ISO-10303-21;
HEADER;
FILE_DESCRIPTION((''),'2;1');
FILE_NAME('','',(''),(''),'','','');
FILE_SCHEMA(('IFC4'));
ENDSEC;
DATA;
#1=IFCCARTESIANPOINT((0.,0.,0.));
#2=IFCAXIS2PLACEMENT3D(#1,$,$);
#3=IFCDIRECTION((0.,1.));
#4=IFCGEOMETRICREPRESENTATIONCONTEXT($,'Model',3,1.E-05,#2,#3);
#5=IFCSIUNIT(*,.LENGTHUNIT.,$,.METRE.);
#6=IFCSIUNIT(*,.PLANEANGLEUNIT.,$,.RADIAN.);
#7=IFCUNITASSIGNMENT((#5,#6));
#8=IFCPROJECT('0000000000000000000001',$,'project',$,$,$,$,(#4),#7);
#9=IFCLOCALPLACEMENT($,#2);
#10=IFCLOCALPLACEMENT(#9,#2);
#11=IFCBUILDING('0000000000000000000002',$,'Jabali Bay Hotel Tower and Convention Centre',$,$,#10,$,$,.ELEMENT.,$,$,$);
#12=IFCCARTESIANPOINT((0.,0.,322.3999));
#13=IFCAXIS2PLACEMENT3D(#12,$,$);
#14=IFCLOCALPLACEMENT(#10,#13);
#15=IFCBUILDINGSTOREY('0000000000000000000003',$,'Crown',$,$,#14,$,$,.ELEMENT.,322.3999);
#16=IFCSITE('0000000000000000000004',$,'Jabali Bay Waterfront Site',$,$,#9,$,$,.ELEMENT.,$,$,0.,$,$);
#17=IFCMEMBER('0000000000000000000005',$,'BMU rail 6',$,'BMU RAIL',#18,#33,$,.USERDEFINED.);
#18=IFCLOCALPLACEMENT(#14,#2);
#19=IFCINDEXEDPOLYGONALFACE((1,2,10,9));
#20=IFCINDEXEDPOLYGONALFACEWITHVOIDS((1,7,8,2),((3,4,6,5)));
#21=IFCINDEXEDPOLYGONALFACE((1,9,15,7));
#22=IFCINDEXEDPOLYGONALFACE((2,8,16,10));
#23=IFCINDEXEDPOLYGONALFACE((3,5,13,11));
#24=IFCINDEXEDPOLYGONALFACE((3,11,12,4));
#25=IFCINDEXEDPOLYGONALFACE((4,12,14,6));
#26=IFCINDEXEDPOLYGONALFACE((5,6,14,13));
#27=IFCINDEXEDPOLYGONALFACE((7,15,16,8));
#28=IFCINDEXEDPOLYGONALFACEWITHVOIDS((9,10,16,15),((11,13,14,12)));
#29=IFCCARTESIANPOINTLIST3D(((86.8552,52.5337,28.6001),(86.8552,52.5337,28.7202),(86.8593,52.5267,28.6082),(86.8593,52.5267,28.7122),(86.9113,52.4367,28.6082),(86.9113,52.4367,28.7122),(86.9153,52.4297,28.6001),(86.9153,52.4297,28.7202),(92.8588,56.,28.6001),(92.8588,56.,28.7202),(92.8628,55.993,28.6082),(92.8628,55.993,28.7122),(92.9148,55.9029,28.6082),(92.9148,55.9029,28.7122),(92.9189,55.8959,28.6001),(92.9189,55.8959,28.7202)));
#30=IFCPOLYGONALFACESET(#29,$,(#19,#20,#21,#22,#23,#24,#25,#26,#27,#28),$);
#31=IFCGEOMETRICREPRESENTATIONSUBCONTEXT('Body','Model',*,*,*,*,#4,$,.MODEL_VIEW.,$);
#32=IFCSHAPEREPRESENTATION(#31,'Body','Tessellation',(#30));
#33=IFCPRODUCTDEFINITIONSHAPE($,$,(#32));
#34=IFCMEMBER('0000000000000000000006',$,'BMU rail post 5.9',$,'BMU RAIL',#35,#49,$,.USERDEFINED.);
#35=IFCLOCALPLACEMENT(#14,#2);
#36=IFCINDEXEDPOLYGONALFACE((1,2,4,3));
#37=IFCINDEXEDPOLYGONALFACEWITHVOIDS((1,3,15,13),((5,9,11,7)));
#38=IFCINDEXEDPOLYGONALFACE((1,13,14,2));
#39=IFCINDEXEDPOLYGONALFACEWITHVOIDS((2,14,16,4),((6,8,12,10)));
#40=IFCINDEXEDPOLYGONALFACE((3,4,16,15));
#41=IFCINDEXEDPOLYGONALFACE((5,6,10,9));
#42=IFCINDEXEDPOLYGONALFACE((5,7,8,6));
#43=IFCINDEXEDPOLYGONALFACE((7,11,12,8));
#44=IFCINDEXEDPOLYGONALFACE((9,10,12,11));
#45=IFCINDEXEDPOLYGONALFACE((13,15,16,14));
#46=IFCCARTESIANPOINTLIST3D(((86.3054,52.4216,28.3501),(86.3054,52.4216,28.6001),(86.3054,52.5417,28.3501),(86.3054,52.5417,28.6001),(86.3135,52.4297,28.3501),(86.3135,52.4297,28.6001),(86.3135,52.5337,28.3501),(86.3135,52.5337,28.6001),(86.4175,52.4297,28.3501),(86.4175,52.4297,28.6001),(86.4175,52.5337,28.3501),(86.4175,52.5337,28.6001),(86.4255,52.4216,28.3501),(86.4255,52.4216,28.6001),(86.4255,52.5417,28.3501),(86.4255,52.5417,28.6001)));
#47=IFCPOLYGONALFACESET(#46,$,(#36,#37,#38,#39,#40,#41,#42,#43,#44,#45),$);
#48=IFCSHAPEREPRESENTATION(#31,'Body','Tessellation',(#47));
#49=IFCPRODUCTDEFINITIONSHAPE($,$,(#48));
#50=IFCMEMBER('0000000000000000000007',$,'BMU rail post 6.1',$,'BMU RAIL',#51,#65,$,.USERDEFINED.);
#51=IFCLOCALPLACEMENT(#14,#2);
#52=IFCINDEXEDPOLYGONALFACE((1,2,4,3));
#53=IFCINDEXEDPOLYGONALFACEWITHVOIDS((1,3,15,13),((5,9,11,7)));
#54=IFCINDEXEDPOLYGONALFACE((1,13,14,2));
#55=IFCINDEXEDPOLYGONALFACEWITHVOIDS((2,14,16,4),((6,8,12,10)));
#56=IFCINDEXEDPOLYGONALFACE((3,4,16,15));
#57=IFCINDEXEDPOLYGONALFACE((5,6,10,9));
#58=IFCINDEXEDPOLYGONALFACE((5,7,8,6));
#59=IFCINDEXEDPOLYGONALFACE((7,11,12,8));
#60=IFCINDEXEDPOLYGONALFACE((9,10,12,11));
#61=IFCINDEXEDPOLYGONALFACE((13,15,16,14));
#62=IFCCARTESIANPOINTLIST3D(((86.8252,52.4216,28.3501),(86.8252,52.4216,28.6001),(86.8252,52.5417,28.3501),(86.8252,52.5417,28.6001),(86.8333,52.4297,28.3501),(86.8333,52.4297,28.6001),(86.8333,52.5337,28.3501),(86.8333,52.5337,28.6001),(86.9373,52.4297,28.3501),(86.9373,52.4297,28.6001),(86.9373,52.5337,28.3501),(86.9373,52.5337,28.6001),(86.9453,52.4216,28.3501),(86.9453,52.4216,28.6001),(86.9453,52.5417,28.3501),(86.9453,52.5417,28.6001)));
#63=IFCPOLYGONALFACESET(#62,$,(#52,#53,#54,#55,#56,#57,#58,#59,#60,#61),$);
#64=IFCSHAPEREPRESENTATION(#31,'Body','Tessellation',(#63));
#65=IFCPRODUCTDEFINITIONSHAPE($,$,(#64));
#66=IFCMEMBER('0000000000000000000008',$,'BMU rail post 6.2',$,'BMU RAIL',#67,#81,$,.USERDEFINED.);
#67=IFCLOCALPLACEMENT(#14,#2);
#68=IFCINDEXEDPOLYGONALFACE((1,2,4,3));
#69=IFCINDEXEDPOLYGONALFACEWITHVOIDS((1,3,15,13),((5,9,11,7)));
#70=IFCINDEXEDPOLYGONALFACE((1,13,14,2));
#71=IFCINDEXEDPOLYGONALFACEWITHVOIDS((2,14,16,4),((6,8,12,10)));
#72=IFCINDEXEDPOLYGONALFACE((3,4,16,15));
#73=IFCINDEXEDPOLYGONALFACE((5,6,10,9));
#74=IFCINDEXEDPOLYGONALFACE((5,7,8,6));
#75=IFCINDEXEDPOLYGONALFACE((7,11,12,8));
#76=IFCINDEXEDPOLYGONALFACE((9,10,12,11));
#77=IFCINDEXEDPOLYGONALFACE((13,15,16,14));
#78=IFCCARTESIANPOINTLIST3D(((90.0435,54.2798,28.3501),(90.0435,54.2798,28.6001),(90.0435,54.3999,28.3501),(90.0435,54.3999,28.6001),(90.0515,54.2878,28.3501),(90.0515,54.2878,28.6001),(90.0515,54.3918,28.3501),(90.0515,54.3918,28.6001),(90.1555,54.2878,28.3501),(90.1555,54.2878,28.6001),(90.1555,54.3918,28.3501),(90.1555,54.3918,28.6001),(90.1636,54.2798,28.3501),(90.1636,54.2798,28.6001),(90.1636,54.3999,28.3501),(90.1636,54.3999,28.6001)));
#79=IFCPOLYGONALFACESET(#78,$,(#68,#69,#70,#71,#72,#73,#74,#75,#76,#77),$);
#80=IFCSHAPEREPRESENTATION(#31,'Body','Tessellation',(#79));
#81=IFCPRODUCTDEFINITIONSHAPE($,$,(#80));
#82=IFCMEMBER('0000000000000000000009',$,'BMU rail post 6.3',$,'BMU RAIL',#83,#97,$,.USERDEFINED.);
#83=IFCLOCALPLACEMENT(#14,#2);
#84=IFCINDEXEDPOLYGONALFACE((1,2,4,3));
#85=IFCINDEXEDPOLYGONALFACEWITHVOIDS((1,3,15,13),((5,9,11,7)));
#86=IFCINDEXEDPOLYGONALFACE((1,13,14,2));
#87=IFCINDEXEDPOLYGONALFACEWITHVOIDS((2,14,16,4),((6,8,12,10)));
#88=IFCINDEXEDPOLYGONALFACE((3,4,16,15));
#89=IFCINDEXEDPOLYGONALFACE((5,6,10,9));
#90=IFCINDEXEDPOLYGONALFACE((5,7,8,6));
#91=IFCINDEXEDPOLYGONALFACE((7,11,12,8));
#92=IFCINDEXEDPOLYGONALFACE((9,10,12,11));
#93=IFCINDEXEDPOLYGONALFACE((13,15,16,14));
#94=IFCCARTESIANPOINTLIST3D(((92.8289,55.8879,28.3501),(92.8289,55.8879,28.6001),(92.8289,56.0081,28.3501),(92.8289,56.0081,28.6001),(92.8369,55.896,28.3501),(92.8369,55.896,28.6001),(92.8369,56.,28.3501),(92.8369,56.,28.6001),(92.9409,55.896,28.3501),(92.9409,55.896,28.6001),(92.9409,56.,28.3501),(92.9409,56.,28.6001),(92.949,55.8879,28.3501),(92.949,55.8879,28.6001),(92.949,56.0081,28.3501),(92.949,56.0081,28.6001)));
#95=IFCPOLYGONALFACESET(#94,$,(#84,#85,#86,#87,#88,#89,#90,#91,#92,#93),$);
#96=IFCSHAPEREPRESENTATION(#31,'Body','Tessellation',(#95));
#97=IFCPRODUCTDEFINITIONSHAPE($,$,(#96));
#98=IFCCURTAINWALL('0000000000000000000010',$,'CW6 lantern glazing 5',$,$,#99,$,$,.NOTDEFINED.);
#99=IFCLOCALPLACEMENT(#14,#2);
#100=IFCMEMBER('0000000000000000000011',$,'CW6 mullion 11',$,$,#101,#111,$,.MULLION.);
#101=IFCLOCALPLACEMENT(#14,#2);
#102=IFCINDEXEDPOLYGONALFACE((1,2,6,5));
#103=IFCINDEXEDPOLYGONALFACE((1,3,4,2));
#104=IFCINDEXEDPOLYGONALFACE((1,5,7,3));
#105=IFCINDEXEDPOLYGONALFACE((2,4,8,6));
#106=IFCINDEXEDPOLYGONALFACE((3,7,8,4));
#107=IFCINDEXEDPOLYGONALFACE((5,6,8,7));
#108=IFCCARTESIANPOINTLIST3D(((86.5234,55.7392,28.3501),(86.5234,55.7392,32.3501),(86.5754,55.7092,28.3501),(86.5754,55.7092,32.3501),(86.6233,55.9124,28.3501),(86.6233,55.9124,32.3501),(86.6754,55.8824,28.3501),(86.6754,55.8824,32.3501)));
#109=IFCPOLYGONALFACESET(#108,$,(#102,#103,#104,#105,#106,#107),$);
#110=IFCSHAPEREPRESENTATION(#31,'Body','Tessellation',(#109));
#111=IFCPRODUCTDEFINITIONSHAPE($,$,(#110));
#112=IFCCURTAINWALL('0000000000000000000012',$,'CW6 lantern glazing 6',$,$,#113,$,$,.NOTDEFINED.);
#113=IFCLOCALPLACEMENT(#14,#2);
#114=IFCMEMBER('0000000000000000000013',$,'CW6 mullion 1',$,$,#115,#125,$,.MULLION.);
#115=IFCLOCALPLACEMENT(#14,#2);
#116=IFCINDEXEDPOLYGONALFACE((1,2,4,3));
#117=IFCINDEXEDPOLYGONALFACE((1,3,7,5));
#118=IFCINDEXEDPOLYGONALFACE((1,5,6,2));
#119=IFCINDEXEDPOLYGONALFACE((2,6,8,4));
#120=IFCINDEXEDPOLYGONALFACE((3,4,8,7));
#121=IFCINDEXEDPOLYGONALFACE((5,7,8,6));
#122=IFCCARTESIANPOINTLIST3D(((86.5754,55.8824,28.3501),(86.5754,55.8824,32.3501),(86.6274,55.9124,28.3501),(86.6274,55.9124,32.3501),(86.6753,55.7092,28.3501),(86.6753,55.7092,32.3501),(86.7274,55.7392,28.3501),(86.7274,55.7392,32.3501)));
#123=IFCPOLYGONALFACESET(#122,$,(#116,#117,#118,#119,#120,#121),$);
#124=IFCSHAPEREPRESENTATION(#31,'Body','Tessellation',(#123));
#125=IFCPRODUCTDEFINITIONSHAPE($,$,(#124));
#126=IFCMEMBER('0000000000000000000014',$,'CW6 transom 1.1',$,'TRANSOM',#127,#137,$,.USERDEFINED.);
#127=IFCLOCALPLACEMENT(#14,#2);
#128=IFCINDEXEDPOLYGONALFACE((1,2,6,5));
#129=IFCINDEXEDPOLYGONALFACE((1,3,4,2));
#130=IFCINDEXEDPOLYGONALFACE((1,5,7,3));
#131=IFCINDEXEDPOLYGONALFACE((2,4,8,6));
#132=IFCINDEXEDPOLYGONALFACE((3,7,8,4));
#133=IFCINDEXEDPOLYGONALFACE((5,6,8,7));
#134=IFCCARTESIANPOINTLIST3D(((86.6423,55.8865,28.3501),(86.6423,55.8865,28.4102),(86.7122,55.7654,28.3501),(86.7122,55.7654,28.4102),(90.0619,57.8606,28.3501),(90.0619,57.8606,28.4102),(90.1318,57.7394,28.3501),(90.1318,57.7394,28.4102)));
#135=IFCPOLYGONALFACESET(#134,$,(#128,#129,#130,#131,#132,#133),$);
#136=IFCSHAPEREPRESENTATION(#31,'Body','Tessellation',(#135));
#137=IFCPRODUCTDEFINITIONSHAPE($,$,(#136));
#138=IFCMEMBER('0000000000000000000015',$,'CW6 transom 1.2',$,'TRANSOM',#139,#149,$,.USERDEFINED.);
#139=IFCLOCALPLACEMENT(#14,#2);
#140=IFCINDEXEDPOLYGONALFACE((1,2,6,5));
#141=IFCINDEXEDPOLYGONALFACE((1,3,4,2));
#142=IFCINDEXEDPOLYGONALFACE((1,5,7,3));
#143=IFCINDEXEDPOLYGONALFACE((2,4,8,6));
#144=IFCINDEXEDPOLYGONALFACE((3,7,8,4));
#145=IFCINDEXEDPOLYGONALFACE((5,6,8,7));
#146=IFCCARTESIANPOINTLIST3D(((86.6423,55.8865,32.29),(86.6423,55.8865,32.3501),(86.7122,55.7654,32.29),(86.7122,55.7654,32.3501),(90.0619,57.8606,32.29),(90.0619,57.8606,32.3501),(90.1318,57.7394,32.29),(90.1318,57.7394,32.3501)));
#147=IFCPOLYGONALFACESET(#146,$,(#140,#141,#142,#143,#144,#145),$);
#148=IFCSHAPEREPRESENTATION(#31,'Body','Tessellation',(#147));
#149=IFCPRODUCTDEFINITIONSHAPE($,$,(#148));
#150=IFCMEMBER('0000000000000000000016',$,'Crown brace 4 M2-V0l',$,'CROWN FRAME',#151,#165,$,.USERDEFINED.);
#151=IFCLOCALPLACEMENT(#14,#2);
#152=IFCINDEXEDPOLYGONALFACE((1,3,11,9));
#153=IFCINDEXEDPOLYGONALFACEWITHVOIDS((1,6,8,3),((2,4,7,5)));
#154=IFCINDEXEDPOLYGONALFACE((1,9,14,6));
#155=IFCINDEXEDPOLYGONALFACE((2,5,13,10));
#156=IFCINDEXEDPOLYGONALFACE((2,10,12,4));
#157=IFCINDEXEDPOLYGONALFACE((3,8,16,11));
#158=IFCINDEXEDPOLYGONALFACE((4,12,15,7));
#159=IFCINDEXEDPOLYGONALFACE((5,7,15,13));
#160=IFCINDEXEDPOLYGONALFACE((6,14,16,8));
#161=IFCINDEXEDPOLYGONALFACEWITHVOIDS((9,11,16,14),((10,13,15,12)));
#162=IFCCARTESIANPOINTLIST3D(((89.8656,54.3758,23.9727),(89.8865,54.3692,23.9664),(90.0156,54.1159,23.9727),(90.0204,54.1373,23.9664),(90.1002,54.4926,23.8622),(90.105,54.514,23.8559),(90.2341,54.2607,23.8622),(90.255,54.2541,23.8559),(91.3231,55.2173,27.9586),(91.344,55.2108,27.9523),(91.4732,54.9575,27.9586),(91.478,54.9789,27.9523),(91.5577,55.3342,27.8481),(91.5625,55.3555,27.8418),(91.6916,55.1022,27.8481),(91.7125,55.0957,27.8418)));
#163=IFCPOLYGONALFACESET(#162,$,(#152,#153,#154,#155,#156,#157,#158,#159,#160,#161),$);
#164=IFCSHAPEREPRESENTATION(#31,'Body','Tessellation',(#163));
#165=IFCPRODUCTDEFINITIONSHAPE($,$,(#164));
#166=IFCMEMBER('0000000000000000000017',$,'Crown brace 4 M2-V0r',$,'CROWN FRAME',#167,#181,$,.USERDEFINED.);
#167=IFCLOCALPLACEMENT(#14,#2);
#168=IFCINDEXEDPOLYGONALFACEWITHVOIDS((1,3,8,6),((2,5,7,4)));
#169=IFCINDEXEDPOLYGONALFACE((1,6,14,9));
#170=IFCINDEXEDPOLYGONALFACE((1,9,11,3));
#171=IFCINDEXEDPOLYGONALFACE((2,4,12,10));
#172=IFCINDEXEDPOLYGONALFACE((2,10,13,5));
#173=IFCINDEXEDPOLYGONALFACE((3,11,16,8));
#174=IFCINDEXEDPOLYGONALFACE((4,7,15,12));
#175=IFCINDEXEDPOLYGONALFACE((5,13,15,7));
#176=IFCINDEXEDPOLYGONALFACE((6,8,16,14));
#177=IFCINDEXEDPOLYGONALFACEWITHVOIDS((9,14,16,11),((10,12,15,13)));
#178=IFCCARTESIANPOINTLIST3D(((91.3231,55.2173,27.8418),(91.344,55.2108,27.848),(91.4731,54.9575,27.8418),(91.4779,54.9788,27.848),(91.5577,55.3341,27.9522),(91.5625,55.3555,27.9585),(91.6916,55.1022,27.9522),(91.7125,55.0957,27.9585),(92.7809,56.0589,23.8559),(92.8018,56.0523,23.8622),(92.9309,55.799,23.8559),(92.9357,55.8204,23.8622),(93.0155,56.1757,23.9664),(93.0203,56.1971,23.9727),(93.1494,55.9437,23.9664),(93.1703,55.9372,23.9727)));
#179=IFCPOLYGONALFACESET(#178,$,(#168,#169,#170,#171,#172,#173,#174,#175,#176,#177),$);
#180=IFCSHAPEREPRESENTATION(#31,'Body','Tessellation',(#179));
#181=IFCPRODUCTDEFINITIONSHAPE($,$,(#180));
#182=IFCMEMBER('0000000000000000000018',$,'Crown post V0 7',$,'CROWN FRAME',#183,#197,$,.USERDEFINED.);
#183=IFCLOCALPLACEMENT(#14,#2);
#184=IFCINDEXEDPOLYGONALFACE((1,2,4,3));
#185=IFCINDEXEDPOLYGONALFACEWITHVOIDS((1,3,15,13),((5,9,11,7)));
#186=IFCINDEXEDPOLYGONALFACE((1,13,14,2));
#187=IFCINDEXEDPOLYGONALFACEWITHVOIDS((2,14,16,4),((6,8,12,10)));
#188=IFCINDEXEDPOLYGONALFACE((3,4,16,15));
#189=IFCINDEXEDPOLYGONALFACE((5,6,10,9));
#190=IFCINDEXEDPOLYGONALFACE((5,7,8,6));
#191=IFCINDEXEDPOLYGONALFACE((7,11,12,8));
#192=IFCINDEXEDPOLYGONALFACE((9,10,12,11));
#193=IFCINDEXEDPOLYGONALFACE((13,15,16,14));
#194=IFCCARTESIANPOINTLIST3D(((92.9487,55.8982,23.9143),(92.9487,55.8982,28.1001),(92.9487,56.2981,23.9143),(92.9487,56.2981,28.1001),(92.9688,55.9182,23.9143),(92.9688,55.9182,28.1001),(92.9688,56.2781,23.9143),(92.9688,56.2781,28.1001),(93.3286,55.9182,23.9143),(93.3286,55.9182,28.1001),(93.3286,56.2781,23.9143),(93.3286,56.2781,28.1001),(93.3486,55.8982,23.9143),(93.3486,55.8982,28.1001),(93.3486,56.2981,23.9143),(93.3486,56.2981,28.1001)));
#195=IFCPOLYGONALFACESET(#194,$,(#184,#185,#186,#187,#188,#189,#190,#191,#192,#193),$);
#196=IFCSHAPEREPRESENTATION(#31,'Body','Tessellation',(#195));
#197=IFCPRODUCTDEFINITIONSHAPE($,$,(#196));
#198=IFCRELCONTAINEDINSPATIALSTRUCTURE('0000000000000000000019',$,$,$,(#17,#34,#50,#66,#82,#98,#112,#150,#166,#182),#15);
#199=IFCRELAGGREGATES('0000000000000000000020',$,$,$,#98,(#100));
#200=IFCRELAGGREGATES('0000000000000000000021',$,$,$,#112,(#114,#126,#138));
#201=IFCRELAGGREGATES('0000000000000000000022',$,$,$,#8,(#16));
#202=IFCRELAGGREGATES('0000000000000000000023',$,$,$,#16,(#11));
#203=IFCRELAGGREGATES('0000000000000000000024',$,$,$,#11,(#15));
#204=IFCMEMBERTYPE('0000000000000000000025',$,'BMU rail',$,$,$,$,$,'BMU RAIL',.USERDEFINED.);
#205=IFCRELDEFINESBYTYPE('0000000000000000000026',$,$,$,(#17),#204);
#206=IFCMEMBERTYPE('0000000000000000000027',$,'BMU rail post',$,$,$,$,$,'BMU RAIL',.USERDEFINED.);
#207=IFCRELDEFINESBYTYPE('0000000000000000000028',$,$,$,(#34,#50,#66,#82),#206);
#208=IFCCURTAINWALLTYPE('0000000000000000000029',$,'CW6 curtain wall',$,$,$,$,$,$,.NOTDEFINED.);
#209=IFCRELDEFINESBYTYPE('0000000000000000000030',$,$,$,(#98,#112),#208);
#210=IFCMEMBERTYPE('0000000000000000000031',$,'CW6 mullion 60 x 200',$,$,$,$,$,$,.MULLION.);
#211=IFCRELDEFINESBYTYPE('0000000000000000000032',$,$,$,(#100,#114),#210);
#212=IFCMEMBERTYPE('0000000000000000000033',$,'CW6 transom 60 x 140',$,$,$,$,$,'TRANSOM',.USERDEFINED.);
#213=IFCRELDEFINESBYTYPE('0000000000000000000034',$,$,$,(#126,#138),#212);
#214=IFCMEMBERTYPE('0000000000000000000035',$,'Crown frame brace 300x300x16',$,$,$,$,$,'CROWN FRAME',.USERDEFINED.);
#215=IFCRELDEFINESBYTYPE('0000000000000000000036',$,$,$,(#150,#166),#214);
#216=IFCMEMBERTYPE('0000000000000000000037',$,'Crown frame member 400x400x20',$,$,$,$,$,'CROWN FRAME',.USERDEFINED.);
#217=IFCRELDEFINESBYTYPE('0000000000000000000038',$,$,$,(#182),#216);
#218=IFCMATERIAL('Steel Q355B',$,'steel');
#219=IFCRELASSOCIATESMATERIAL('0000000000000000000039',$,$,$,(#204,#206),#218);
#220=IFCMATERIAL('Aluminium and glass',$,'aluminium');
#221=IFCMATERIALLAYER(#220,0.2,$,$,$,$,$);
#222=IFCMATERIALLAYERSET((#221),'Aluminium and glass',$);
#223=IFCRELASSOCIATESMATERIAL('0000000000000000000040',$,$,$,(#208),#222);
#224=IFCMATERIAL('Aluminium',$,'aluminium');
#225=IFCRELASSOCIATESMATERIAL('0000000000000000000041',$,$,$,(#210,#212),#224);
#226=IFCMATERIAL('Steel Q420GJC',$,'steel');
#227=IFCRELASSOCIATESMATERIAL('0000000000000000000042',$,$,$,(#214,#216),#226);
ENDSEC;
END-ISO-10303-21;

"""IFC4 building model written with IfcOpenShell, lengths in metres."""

from ifc_helpers import new_model, si_unit, direction, frame, origin, origin_2d, place, context, subcontext, project, spatial, rectangle, hollow_rectangle, extrude, material, layer, layer_set, material_profile, profile_set, type_object, element, aggregate, save


model = new_model("IFC4")

# Units and contexts
model_context = context("Model", 3, precision=1e-05, world=origin(), true_north=direction((0.0, 1.0)))
body_context = subcontext(model_context, "Body", "Model", "MODEL_VIEW")
ifc_project = project(units=[si_unit("LENGTHUNIT", "METRE"), si_unit("PLANEANGLEUNIT", "RADIAN")], contexts=[model_context])

# Site, building, storey
site_placement = place(None, origin())
site = spatial("IfcSite", under=ifc_project, at=site_placement, Name="Jabali Bay Waterfront Site", CompositionType="ELEMENT", RefElevation=0.0)
building_placement = place(site_placement, origin())
building = spatial("IfcBuilding", under=site, at=building_placement, Name="Jabali Bay Hotel Tower and Convention Centre", CompositionType="ELEMENT")
storey_placement = place(building_placement, frame((0.0, 0.0, 322.3999)))
storey = spatial("IfcBuildingStorey", under=building, at=storey_placement, Name="Crown", CompositionType="ELEMENT", Elevation=322.3999)

# Members
ifc_material_1 = material(Name="Steel Q355B", Category="steel")
ifc_material_profile_1 = material_profile(ifc_material_1, hollow_rectangle(XDim=0.1201, YDim=0.1201, WallThickness=0.0081, at=origin_2d()), Name="BMU rail")
ifc_profile_set_1 = profile_set([ifc_material_profile_1], Name="Steel Q355B")
member_type_1 = type_object("IfcMemberType", Name="BMU rail", ElementType="BMU RAIL", PredefinedType="USERDEFINED", material=ifc_profile_set_1)
member_1_placement = place(storey_placement, frame((86.8853, 52.4817, 28.6602), z_axis=(0.86602, 0.50001, 0.0), x_axis=(-0.50001, 0.86602, 0.0)))
element("IfcMember", 1, at=member_1_placement, inside=storey, type_object=member_type_1, Name="BMU rail 6", ObjectType="BMU RAIL", PredefinedType="USERDEFINED", context=body_context, shape_type="SweptSolid", body=[
    extrude(hollow_rectangle(XDim=0.1201, YDim=0.1201, WallThickness=0.0081, at=origin_2d()), origin(), (0.0, 0.0, 1.0), 6.9324),
])
ifc_material_profile_2 = material_profile(ifc_material_1, hollow_rectangle(XDim=0.1201, YDim=0.1201, WallThickness=0.0081, at=origin_2d()), Name="BMU rail post")
ifc_profile_set_2 = profile_set([ifc_material_profile_2], Name="Steel Q355B")
member_type_2 = type_object("IfcMemberType", Name="BMU rail post", ElementType="BMU RAIL", PredefinedType="USERDEFINED", material=ifc_profile_set_2)
for number, where, z_axis, x_axis, name in (
    (2, (86.3655, 52.4817, 28.3501), (0.0, 0.0, 1.0), (1.0, 0.0, 0.0), "BMU rail post 5.9"),
    (3, (86.8853, 52.4817, 28.3501), (0.0, 0.0, 1.0), (1.0, 0.0, 0.0), "BMU rail post 6.1"),
    (4, (90.1035, 54.3398, 28.3501), (0.0, 0.0, 1.0), (1.0, 0.0, 0.0), "BMU rail post 6.2"),
    (5, (92.8889, 55.948, 28.3501), (0.0, 0.0, 1.0), (1.0, 0.0, 0.0), "BMU rail post 6.3"),
):
    element("IfcMember", number, at=place(storey_placement, frame(where, z_axis=z_axis, x_axis=x_axis)), inside=storey, type_object=member_type_2, Name=name, ObjectType="BMU RAIL", PredefinedType="USERDEFINED", context=body_context, shape_type="SweptSolid", body=[
        extrude(hollow_rectangle(XDim=0.1201, YDim=0.1201, WallThickness=0.0081, at=origin_2d()), origin(), (0.0, 0.0, 1.0), 0.25),
    ])

# Curtain wall, member
ifc_material_2 = material(Name="Aluminium and glass", Category="aluminium")
ifc_layer_1 = layer(ifc_material_2, 0.2)
ifc_layer_set_1 = layer_set([ifc_layer_1], Name="Aluminium and glass")
curtain_wall_type = type_object("IfcCurtainWallType", Name="CW6 curtain wall", PredefinedType="NOTDEFINED", material=ifc_layer_set_1)
curtain_wall_1_placement = place(storey_placement, origin())
curtain_wall_1 = element("IfcCurtainWall", 6, at=curtain_wall_1_placement, inside=storey, type_object=curtain_wall_type, Name="CW6 lantern glazing 5", PredefinedType="NOTDEFINED")
ifc_material_3 = material(Name="Aluminium", Category="aluminium")
ifc_material_profile_3 = material_profile(ifc_material_3, rectangle(XDim=0.2, YDim=0.0601, at=origin_2d()), Name="CW6 mullion 60 x 200")
ifc_profile_set_3 = profile_set([ifc_material_profile_3], Name="Aluminium")
member_type_3 = type_object("IfcMemberType", Name="CW6 mullion 60 x 200", PredefinedType="MULLION", material=ifc_profile_set_3)
member_2_placement = place(storey_placement, frame((86.5994, 55.8108, 28.3501), z_axis=(0.0, 0.0, 1.0), x_axis=(0.5, 0.866025, 0.0)))
member_2 = element("IfcMember", 7, at=member_2_placement, type_object=member_type_3, Name="CW6 mullion 11", PredefinedType="MULLION", context=body_context, shape_type="SweptSolid", body=[
    extrude(rectangle(XDim=0.2, YDim=0.0601, at=origin_2d()), origin(), (0.0, 0.0, 1.0), 4.0),
])
aggregate(curtain_wall_1, [member_2])

# Curtain wall, members
curtain_wall_2_placement = place(storey_placement, origin())
curtain_wall_2 = element("IfcCurtainWall", 8, at=curtain_wall_2_placement, inside=storey, type_object=curtain_wall_type, Name="CW6 lantern glazing 6", PredefinedType="NOTDEFINED")
member_3_placement = place(storey_placement, frame((86.6514, 55.8108, 28.3501), z_axis=(0.0, 0.0, 1.0), x_axis=(-0.5, 0.866025, 0.0)))
member_3 = element("IfcMember", 9, at=member_3_placement, type_object=member_type_3, Name="CW6 mullion 1", PredefinedType="MULLION", context=body_context, shape_type="SweptSolid", body=[
    extrude(rectangle(XDim=0.2, YDim=0.0601, at=origin_2d()), origin(), (0.0, 0.0, 1.0), 4.0),
])
ifc_material_profile_4 = material_profile(ifc_material_3, rectangle(XDim=0.1399, YDim=0.0601, at=origin_2d()), Name="CW6 transom 60 x 140")
ifc_profile_set_4 = profile_set([ifc_material_profile_4], Name="Aluminium")
member_type_4 = type_object("IfcMemberType", Name="CW6 transom 60 x 140", ElementType="TRANSOM", PredefinedType="USERDEFINED", material=ifc_profile_set_4)
member_4_placement = place(storey_placement, frame((86.6772, 55.8259, 28.3801), z_axis=(0.866051, 0.499956, 0.0), x_axis=(-0.499956, 0.866051, 0.0)))
member_4 = element("IfcMember", 10, at=member_4_placement, type_object=member_type_4, Name="CW6 transom 1.1", ObjectType="TRANSOM", PredefinedType="USERDEFINED", context=body_context, shape_type="SweptSolid", body=[
    extrude(rectangle(XDim=0.1399, YDim=0.0601, at=origin_2d()), origin(), (0.0, 0.0, 1.0), 3.9485),
])
member_5_placement = place(storey_placement, frame((86.6772, 55.8259, 32.3201), z_axis=(0.866051, 0.499956, 0.0), x_axis=(-0.499956, 0.866051, 0.0)))
member_5 = element("IfcMember", 11, at=member_5_placement, type_object=member_type_4, Name="CW6 transom 1.2", ObjectType="TRANSOM", PredefinedType="USERDEFINED", context=body_context, shape_type="SweptSolid", body=[
    extrude(rectangle(XDim=0.1399, YDim=0.0601, at=origin_2d()), origin(), (0.0, 0.0, 1.0), 3.9485),
])
aggregate(curtain_wall_2, [member_3, member_4, member_5])

# Members
ifc_material_4 = material(Name="Steel Q420GJC", Category="steel")
ifc_material_profile_5 = material_profile(ifc_material_4, hollow_rectangle(XDim=0.3, YDim=0.3, WallThickness=0.0161, at=origin_2d()), Name="Crown frame brace 300x300x16")
ifc_profile_set_5 = profile_set([ifc_material_profile_5], Name="Steel Q420GJC")
member_type_5 = type_object("IfcMemberType", Name="Crown frame brace 300x300x16", ElementType="CROWN FRAME", PredefinedType="USERDEFINED", material=ifc_profile_set_5)
for number, where, z_axis, x_axis, name in (
    (12, (90.0603, 54.3149, 23.9143), (0.336874, 0.194507, 0.92124), (-0.500024, 0.866012, 0.0), "Crown brace 4 M2-V0l"),
    (13, (92.9756, 55.998, 23.9143), (-0.336924, -0.194503, 0.921223), (0.499961, -0.866048, 0.0), "Crown brace 4 M2-V0r"),
):
    element("IfcMember", number, at=place(storey_placement, frame(where, z_axis=z_axis, x_axis=x_axis)), inside=storey, type_object=member_type_5, Name=name, ObjectType="CROWN FRAME", PredefinedType="USERDEFINED", context=body_context, shape_type="SweptSolid", body=[
        extrude(hollow_rectangle(XDim=0.3, YDim=0.3, WallThickness=0.0161, at=origin_2d()), origin(), (0.0, 0.0, 1.0), 4.3267),
    ])
ifc_material_profile_6 = material_profile(ifc_material_4, hollow_rectangle(XDim=0.3999, YDim=0.3999, WallThickness=0.02, at=origin_2d()), Name="Crown frame member 400x400x20")
ifc_profile_set_6 = profile_set([ifc_material_profile_6], Name="Steel Q420GJC")
member_type_6 = type_object("IfcMemberType", Name="Crown frame member 400x400x20", ElementType="CROWN FRAME", PredefinedType="USERDEFINED", material=ifc_profile_set_6)
member_6_placement = place(storey_placement, frame((93.1487, 56.0981, 23.9143), z_axis=(0.0, 0.0, 1.0), x_axis=(1.0, 0.0, 0.0)))
element("IfcMember", 14, at=member_6_placement, inside=storey, type_object=member_type_6, Name="Crown post V0 7", ObjectType="CROWN FRAME", PredefinedType="USERDEFINED", context=body_context, shape_type="SweptSolid", body=[
    extrude(hollow_rectangle(XDim=0.3999, YDim=0.3999, WallThickness=0.02, at=origin_2d()), origin(), (0.0, 0.0, 1.0), 4.1858),
])

save(model, "model.ifc")
